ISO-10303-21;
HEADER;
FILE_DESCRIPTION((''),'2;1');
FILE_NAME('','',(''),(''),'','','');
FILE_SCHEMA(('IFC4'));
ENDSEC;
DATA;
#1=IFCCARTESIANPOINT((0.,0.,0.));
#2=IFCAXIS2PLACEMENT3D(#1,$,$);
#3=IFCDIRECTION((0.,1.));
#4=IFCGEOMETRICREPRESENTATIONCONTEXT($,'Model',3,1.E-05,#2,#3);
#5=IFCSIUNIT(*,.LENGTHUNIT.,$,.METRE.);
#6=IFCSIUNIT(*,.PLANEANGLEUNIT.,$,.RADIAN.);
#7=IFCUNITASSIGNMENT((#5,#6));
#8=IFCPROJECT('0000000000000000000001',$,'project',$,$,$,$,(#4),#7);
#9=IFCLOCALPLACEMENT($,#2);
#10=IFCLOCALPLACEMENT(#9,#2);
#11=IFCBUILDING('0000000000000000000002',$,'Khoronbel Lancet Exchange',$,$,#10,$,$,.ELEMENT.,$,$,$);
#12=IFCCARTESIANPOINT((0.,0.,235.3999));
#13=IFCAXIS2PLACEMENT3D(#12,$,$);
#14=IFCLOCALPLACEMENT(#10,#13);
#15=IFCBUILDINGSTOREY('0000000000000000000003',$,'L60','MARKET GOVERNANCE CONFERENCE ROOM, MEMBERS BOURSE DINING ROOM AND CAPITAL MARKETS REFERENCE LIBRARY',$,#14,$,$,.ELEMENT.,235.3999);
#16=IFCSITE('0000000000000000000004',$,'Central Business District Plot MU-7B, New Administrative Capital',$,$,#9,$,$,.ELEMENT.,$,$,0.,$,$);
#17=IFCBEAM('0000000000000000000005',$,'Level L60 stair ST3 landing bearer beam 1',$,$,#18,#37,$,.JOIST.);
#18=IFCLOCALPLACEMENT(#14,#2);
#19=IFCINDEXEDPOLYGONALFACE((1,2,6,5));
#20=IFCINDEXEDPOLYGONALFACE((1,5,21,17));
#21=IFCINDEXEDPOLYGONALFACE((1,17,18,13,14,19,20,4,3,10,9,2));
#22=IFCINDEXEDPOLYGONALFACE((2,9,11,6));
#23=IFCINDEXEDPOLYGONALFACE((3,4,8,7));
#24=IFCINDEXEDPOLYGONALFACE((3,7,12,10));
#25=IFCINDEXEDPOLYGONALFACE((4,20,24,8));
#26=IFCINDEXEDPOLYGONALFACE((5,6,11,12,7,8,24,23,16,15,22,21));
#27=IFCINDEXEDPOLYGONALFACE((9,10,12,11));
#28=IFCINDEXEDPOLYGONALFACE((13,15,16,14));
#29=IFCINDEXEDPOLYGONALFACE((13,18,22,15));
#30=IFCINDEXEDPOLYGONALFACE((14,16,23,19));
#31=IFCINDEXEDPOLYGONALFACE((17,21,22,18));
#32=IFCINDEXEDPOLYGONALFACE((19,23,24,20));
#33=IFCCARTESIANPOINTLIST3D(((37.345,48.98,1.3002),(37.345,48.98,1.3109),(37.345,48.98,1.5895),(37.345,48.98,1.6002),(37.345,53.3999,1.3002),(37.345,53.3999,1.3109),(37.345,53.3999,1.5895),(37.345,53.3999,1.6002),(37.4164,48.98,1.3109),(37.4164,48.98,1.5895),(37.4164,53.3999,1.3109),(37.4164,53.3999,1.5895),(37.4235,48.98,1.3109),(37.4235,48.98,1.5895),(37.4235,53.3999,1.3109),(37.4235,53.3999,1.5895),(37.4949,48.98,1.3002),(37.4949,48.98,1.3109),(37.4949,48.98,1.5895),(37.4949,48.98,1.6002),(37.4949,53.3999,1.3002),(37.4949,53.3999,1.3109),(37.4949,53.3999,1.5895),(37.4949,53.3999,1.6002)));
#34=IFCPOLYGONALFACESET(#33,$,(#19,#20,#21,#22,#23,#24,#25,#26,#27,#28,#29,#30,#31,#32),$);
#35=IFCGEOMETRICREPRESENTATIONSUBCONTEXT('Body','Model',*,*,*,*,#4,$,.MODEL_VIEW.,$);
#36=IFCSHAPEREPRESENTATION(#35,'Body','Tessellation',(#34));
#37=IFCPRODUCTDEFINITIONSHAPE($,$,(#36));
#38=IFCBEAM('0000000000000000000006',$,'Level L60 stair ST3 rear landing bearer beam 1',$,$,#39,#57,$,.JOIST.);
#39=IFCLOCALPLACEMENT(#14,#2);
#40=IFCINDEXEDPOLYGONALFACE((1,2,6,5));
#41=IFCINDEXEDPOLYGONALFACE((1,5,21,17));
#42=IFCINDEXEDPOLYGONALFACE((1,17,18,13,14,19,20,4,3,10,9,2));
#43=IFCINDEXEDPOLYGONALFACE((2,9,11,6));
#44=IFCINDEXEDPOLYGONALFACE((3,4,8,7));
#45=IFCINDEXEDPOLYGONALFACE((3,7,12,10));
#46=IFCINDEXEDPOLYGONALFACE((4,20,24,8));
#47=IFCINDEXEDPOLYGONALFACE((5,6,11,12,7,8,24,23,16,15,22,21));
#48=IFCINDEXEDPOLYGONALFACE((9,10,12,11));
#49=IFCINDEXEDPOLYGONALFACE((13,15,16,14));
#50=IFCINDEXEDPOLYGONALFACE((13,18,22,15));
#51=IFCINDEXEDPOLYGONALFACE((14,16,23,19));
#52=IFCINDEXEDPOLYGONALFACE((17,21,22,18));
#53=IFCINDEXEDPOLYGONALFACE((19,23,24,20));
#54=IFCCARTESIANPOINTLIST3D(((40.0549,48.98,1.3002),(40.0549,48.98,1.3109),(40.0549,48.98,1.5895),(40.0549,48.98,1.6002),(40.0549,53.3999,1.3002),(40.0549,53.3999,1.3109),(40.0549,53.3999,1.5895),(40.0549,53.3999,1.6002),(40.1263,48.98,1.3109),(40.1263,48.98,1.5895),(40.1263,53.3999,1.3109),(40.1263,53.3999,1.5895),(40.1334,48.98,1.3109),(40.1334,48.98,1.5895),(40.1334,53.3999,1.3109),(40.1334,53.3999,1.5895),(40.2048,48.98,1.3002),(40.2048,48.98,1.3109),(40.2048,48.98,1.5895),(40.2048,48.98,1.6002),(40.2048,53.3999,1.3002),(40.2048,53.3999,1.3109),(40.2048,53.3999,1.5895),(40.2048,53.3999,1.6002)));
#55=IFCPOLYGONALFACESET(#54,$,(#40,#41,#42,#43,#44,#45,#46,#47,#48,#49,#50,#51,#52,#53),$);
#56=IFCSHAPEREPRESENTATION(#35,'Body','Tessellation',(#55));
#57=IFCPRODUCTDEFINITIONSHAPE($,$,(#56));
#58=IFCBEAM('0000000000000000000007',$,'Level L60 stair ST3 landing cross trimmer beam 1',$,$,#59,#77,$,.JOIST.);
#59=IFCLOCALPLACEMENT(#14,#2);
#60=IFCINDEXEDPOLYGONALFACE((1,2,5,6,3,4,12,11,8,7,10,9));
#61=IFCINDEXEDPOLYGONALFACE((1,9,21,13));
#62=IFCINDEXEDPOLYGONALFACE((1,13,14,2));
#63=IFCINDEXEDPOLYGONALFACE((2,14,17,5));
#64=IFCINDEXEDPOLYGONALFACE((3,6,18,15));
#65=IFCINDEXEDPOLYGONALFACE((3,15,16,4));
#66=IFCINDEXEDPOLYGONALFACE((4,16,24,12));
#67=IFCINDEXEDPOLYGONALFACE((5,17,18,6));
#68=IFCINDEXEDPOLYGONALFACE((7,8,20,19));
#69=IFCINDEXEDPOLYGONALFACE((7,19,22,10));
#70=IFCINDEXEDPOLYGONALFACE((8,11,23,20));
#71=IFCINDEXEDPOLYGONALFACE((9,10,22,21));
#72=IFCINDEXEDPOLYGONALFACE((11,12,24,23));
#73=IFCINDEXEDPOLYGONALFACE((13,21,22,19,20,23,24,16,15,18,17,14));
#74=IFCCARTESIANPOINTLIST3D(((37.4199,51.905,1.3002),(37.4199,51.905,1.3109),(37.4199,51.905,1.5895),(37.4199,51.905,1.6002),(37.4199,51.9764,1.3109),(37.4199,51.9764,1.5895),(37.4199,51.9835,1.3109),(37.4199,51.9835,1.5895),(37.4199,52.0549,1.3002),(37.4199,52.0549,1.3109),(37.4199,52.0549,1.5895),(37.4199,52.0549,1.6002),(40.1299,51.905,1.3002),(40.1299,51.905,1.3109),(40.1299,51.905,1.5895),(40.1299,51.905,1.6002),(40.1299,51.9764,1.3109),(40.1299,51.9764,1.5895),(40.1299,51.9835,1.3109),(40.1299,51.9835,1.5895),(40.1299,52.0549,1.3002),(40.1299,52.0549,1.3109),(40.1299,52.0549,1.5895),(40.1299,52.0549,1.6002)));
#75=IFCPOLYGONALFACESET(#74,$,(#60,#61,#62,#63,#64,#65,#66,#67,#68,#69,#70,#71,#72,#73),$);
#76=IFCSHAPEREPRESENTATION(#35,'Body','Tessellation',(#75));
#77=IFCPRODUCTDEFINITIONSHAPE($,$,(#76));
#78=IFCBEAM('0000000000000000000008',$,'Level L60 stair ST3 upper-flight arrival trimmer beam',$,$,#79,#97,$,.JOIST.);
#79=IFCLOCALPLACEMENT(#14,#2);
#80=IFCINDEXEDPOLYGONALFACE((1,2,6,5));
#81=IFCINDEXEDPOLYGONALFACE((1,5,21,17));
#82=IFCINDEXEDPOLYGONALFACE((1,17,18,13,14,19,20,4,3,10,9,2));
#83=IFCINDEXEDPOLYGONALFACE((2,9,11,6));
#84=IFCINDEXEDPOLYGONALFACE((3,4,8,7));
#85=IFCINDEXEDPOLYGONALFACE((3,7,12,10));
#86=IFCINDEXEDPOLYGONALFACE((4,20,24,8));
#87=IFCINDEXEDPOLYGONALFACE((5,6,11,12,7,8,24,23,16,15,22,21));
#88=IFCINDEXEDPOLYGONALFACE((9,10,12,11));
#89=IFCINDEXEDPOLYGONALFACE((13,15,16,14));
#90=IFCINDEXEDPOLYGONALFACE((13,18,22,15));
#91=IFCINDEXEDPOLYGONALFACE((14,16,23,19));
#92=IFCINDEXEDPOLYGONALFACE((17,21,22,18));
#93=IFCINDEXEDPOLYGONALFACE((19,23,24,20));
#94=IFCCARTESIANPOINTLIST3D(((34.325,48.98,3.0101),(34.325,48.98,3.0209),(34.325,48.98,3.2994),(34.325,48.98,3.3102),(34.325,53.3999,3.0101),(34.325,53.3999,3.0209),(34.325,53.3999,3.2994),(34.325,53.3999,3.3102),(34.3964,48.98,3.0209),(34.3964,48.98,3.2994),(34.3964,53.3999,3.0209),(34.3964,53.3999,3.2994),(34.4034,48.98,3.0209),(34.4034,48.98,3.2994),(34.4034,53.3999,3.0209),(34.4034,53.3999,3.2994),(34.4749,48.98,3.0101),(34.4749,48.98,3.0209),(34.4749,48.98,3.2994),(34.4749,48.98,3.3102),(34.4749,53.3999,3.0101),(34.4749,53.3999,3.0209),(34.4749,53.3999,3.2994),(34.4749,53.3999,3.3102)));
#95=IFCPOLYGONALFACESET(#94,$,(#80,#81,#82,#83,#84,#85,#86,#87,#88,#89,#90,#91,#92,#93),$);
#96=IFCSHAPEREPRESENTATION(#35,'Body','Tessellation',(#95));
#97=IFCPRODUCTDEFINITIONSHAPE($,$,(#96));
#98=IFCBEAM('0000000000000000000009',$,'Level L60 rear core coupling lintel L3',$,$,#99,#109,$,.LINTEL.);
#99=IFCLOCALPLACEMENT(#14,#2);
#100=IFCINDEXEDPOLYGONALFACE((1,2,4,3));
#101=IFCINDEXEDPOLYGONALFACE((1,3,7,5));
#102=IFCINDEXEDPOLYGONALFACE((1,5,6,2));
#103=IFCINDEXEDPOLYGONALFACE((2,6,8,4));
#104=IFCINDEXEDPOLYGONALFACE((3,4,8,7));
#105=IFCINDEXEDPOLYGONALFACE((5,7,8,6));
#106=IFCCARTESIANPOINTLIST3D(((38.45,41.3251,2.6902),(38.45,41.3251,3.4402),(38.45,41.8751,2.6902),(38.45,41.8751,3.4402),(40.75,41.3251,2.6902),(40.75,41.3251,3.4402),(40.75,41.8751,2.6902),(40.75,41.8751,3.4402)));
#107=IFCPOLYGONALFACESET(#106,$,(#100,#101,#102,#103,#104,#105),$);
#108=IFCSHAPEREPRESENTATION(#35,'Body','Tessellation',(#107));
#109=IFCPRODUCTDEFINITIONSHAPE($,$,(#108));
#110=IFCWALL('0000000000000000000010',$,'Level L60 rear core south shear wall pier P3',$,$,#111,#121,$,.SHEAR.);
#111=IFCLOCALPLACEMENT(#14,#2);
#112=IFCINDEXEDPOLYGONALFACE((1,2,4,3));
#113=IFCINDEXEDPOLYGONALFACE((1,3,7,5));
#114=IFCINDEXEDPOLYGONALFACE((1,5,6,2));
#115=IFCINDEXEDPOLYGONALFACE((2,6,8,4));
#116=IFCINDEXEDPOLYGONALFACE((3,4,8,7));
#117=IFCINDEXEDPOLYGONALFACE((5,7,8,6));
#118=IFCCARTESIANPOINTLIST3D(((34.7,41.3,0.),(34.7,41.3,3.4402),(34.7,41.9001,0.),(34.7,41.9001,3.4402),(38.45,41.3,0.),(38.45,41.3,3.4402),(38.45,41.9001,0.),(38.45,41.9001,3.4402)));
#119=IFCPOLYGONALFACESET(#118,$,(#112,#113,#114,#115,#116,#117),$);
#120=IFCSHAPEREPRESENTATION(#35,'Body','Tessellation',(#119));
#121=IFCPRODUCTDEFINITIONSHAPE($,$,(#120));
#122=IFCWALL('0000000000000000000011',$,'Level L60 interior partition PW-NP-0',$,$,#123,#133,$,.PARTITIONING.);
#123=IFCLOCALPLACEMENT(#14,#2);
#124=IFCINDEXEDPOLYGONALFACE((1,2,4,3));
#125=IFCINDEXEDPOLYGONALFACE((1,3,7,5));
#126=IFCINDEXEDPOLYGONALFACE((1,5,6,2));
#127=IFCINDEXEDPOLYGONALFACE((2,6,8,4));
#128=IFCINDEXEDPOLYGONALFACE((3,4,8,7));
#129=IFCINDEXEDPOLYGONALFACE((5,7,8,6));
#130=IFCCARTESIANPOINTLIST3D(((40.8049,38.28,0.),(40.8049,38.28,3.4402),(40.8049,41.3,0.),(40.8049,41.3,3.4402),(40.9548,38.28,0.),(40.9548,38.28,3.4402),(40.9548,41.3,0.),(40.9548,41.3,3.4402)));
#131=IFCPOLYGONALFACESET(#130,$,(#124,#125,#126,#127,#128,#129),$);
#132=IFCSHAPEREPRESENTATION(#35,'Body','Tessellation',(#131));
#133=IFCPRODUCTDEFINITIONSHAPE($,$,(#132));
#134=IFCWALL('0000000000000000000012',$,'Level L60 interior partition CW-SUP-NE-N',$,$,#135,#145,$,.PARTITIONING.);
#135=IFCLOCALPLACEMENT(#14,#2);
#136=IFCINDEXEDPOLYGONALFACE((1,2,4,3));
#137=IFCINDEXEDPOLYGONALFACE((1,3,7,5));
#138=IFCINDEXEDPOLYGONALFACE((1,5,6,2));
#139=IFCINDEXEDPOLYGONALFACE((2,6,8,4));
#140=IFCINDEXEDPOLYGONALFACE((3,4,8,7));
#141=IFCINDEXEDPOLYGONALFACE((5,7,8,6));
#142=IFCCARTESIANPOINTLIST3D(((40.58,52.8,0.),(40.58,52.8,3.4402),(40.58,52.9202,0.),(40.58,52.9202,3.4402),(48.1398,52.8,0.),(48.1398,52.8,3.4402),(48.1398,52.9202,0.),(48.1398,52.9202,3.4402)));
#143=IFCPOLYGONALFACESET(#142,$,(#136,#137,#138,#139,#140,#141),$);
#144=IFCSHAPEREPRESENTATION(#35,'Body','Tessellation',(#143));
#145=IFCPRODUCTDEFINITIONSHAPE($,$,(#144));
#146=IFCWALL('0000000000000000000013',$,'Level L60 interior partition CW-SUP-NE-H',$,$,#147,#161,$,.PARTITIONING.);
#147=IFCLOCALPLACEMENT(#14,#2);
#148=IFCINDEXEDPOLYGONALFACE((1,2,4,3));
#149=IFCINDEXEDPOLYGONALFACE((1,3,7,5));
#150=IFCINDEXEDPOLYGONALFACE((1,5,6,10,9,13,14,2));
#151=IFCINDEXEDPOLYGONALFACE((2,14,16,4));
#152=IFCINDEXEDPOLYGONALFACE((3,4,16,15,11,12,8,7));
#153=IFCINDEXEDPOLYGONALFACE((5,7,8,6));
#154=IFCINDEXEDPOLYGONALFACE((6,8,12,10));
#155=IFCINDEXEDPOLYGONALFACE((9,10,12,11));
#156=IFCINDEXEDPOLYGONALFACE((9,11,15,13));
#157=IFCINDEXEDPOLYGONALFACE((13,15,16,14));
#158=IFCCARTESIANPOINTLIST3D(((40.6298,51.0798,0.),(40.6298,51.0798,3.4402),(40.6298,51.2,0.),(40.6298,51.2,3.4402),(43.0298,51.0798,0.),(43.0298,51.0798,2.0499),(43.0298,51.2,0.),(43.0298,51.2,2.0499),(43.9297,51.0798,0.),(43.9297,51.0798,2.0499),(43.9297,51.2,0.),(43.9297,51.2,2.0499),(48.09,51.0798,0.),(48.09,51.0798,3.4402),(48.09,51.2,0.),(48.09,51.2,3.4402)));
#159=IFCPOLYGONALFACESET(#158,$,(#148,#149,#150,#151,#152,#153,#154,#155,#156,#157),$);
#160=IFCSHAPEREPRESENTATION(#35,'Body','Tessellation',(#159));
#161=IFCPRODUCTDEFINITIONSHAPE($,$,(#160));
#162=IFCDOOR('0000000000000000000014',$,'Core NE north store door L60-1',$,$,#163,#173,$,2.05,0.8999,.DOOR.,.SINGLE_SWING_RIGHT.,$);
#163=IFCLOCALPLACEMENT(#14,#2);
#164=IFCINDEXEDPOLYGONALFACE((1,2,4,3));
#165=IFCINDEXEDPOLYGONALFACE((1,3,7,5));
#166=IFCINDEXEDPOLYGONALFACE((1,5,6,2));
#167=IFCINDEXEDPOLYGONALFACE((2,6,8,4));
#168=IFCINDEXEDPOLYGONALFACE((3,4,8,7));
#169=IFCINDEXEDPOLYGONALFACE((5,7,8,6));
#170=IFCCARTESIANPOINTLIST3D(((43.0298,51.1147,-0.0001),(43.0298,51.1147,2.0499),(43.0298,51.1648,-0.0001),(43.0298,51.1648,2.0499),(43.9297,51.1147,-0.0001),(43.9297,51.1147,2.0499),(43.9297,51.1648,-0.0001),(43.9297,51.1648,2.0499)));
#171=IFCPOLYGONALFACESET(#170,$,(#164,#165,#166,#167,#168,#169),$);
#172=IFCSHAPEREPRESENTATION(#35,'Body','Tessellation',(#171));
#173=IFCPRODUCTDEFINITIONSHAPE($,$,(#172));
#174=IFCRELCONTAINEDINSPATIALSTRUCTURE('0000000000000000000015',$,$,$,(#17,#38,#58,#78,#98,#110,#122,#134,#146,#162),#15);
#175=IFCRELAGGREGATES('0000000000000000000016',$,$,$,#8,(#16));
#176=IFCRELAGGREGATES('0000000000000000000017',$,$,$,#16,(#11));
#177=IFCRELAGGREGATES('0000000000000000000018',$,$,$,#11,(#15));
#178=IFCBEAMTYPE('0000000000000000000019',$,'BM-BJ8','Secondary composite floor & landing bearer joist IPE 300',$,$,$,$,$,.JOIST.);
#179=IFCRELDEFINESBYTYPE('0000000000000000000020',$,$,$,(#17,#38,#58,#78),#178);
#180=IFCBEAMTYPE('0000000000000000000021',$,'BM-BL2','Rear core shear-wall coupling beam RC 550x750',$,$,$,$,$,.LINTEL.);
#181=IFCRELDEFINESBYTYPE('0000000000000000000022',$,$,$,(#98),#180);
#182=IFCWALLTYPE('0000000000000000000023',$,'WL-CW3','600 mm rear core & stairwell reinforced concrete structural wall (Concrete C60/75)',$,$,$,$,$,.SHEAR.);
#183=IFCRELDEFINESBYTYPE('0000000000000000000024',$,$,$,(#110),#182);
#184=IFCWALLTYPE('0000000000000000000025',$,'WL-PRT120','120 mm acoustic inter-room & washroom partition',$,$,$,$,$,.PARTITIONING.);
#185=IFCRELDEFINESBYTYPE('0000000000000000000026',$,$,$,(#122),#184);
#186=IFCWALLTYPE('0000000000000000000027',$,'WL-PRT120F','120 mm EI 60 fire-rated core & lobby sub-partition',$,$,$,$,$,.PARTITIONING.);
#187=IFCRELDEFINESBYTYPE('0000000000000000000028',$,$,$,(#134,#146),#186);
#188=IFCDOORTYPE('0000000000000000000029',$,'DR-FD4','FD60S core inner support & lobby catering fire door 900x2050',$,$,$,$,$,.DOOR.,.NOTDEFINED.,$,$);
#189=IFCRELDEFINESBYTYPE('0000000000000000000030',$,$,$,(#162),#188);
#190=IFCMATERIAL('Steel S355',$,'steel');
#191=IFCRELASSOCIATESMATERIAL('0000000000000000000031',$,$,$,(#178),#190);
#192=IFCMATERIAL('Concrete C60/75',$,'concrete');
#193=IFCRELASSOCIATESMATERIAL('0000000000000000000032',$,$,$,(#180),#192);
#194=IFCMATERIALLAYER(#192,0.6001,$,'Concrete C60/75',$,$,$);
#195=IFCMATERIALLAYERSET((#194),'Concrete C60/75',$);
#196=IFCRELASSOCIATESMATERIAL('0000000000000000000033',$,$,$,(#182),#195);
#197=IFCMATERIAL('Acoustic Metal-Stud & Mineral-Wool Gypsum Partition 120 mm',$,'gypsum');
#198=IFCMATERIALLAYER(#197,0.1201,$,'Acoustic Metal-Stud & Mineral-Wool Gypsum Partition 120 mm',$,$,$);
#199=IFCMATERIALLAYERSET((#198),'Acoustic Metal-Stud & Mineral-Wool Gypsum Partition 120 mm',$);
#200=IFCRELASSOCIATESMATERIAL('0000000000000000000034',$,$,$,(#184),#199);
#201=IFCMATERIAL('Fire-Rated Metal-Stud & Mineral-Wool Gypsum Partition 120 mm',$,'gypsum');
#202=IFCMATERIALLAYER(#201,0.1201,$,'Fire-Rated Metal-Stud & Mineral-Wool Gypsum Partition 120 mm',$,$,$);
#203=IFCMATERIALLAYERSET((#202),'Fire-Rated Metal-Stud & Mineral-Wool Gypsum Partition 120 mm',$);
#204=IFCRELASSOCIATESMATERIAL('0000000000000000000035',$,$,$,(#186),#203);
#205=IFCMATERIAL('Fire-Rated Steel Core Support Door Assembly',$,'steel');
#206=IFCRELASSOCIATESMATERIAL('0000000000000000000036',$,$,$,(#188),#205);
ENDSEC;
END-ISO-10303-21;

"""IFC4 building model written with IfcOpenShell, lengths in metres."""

from ifc_helpers import new_model, si_unit, direction, frame, frame_2d, origin, origin_2d, place, context, subcontext, project, spatial, rectangle, i_section, extrude, material, layer, layer_set, material_profile, profile_set, type_object, element, fill, save


model = new_model("IFC4")

# Units and contexts
model_context = context("Model", 3, precision=1e-05, world=origin(), true_north=direction((0.0, 1.0)))
body_context = subcontext(model_context, "Body", "Model", "MODEL_VIEW")
ifc_project = project(units=[si_unit("LENGTHUNIT", "METRE"), si_unit("PLANEANGLEUNIT", "RADIAN")], contexts=[model_context])

# Site, building, storey
site_placement = place(None, origin())
site = spatial("IfcSite", under=ifc_project, at=site_placement, Name="Central Business District Plot MU-7B, New Administrative Capital", CompositionType="ELEMENT", RefElevation=0.0)
building_placement = place(site_placement, origin())
building = spatial("IfcBuilding", under=site, at=building_placement, Name="Khoronbel Lancet Exchange", CompositionType="ELEMENT")
storey_placement = place(building_placement, frame((0.0, 0.0, 235.3999)))
storey = spatial("IfcBuildingStorey", under=building, at=storey_placement, Name="L60", Description="MARKET GOVERNANCE CONFERENCE ROOM, MEMBERS BOURSE DINING ROOM AND CAPITAL MARKETS REFERENCE LIBRARY", CompositionType="ELEMENT", Elevation=235.3999)

# Beams
ifc_material_1 = material(Name="Steel S355", Category="steel")
ifc_material_profile_1 = material_profile(ifc_material_1, i_section(OverallWidth=0.1499, OverallDepth=0.3, WebThickness=0.0071, FlangeThickness=0.0107, at=origin_2d()), Name="IPE 300")
ifc_profile_set_1 = profile_set([ifc_material_profile_1], Name="Steel S355")
beam_type_1 = type_object("IfcBeamType", Name="BM-BJ8", Description="Secondary composite floor & landing bearer joist IPE 300", PredefinedType="JOIST", material=ifc_profile_set_1)
for number, where, z_axis, x_axis, name in (
    (1, (37.4199, 48.98, 1.4502), (0.0, 1.0, 0.0), (-1.0, 0.0, 0.0), "Level L60 stair ST3 landing bearer beam 1"),
    (2, (40.1299, 48.98, 1.4502), (0.0, 1.0, 0.0), (-1.0, 0.0, 0.0), "Level L60 stair ST3 rear landing bearer beam 1"),
):
    element("IfcBeam", number, at=place(storey_placement, frame(where, z_axis=z_axis, x_axis=x_axis)), inside=storey, type_object=beam_type_1, Name=name, PredefinedType="JOIST", context=body_context, shape_type="SweptSolid", body=[
        extrude(i_section(OverallWidth=0.1499, OverallDepth=0.3, WebThickness=0.0071, FlangeThickness=0.0107, at=origin_2d()), origin(), (0.0, 0.0, 1.0), 4.4199),
    ])
beam_1_placement = place(storey_placement, frame((37.4199, 51.98, 1.4502), z_axis=(1.0, 0.0, 0.0), x_axis=(0.0, 1.0, 0.0)))
element("IfcBeam", 3, at=beam_1_placement, inside=storey, type_object=beam_type_1, Name="Level L60 stair ST3 landing cross trimmer beam 1", PredefinedType="JOIST", context=body_context, shape_type="SweptSolid", body=[
    extrude(i_section(OverallWidth=0.1499, OverallDepth=0.3, WebThickness=0.0071, FlangeThickness=0.0107, at=origin_2d()), origin(), (0.0, 0.0, 1.0), 2.71),
])
beam_2_placement = place(storey_placement, frame((34.3999, 48.98, 3.1602), z_axis=(0.0, 1.0, 0.0), x_axis=(-1.0, 0.0, 0.0)))
element("IfcBeam", 4, at=beam_2_placement, inside=storey, type_object=beam_type_1, Name="Level L60 stair ST3 upper-flight arrival trimmer beam", PredefinedType="JOIST", context=body_context, shape_type="SweptSolid", body=[
    extrude(i_section(OverallWidth=0.1499, OverallDepth=0.3, WebThickness=0.0071, FlangeThickness=0.0107, at=origin_2d()), origin(), (0.0, 0.0, 1.0), 4.4199),
])
ifc_material_2 = material(Name="Concrete C60/75", Category="concrete")
ifc_material_profile_2 = material_profile(ifc_material_2, rectangle(XDim=0.55, YDim=0.75, at=origin_2d()), Name="RC 550x750")
ifc_profile_set_2 = profile_set([ifc_material_profile_2], Name="Concrete C60/75")
beam_type_2 = type_object("IfcBeamType", Name="BM-BL2", Description="Rear core shear-wall coupling beam RC 550x750", PredefinedType="LINTEL", material=ifc_profile_set_2)
beam_3_placement = place(storey_placement, frame((38.45, 41.6001, 3.0652), z_axis=(1.0, 0.0, 0.0), x_axis=(0.0, 1.0, 0.0)))
element("IfcBeam", 5, at=beam_3_placement, inside=storey, type_object=beam_type_2, Name="Level L60 rear core coupling lintel L3", PredefinedType="LINTEL", context=body_context, shape_type="SweptSolid", body=[
    extrude(rectangle(XDim=0.55, YDim=0.75, at=origin_2d()), origin(), (0.0, 0.0, 1.0), 2.3),
])

# Walls
ifc_layer_1 = layer(ifc_material_2, 0.6001, Name="Concrete C60/75")
ifc_layer_set_1 = layer_set([ifc_layer_1], Name="Concrete C60/75")
wall_type_1 = type_object("IfcWallType", Name="WL-CW3", Description="600 mm rear core & stairwell reinforced concrete structural wall (Concrete C60/75)", PredefinedType="SHEAR", material=ifc_layer_set_1)
wall_1_placement = place(storey_placement, frame((38.45, 41.6001, 0.0), z_axis=(0.0, 0.0, 1.0), x_axis=(-1.0, 0.0, 0.0)))
element("IfcWall", 6, at=wall_1_placement, inside=storey, type_object=wall_type_1, Name="Level L60 rear core south shear wall pier P3", PredefinedType="SHEAR", context=body_context, shape_type="SweptSolid", body=[
    extrude(rectangle(XDim=3.75, YDim=0.6001, at=frame_2d((1.875, 0.0))), origin(), (0.0, 0.0, 1.0), 3.4402),
])
ifc_material_3 = material(Name="Acoustic Metal-Stud & Mineral-Wool Gypsum Partition 120 mm", Category="gypsum")
ifc_layer_2 = layer(ifc_material_3, 0.1201, Name="Acoustic Metal-Stud & Mineral-Wool Gypsum Partition 120 mm")
ifc_layer_set_2 = layer_set([ifc_layer_2], Name="Acoustic Metal-Stud & Mineral-Wool Gypsum Partition 120 mm")
wall_type_2 = type_object("IfcWallType", Name="WL-PRT120", Description="120 mm acoustic inter-room & washroom partition", PredefinedType="PARTITIONING", material=ifc_layer_set_2)
wall_2_placement = place(storey_placement, frame((40.8799, 38.28, 0.0), z_axis=(0.0, 0.0, 1.0), x_axis=(0.0, 1.0, 0.0)))
element("IfcWall", 7, at=wall_2_placement, inside=storey, type_object=wall_type_2, Name="Level L60 interior partition PW-NP-0", PredefinedType="PARTITIONING", context=body_context, shape_type="SweptSolid", body=[
    extrude(rectangle(XDim=3.02, YDim=0.1499, at=frame_2d((1.51, 0.0))), origin(), (0.0, 0.0, 1.0), 3.4402),
])
ifc_material_4 = material(Name="Fire-Rated Metal-Stud & Mineral-Wool Gypsum Partition 120 mm", Category="gypsum")
ifc_layer_3 = layer(ifc_material_4, 0.1201, Name="Fire-Rated Metal-Stud & Mineral-Wool Gypsum Partition 120 mm")
ifc_layer_set_3 = layer_set([ifc_layer_3], Name="Fire-Rated Metal-Stud & Mineral-Wool Gypsum Partition 120 mm")
wall_type_3 = type_object("IfcWallType", Name="WL-PRT120F", Description="120 mm EI 60 fire-rated core & lobby sub-partition", PredefinedType="PARTITIONING", material=ifc_layer_set_3)
wall_3_placement = place(storey_placement, frame((40.5801, 52.8601, 0.0), z_axis=(0.0, 0.0, 1.0), x_axis=(1.0, 0.0, 0.0)))
element("IfcWall", 8, at=wall_3_placement, inside=storey, type_object=wall_type_3, Name="Level L60 interior partition CW-SUP-NE-N", PredefinedType="PARTITIONING", context=body_context, shape_type="SweptSolid", body=[
    extrude(rectangle(XDim=7.5598, YDim=0.1201, at=frame_2d((3.7798, 0.0))), origin(), (0.0, 0.0, 1.0), 3.4402),
])

# Wall, opening, door
wall_4_placement = place(storey_placement, frame((40.6299, 51.1399, 0.0), z_axis=(0.0, 0.0, 1.0), x_axis=(1.0, 0.0, 0.0)))
wall_4 = element("IfcWall", 9, at=wall_4_placement, inside=storey, type_object=wall_type_3, Name="Level L60 interior partition CW-SUP-NE-H", PredefinedType="PARTITIONING", context=body_context, shape_type="SweptSolid", body=[
    extrude(rectangle(XDim=7.4602, YDim=0.1201, at=frame_2d((3.73, 0.0))), origin(), (0.0, 0.0, 1.0), 3.4402),
])
opening_1_placement = place(wall_4_placement, frame((2.3999, 0.0, 0.0)))
opening_1 = element("IfcOpeningElement", 10, at=opening_1_placement, cuts=wall_4, PredefinedType="OPENING", context=body_context, shape_type="SweptSolid", body=[
    extrude(rectangle(XDim=0.8999, YDim=2.05, at=frame_2d((0.45, 1.0249))), frame((0.0, 0.0701, 0.0), z_axis=(0.0, -1.0, 0.0), x_axis=(1.0, 0.0, 0.0)), (0.0, 0.0, 1.0), 0.1401),
])
ifc_material_5 = material(Name="Fire-Rated Steel Core Support Door Assembly", Category="steel")
door_type_1 = type_object("IfcDoorType", Name="DR-FD4", Description="FD60S core inner support & lobby catering fire door 900x2050", OperationType="NOTDEFINED", PredefinedType="DOOR", material=ifc_material_5)
door_1_placement = place(opening_1_placement, origin())
door_1 = element("IfcDoor", 11, at=door_1_placement, inside=storey, type_object=door_type_1, Name="Core NE north store door L60-1", OperationType="SINGLE_SWING_RIGHT", OverallHeight=2.05, OverallWidth=0.8999, PredefinedType="DOOR", context=body_context, shape_type="SweptSolid", body=[
    extrude(rectangle(XDim=0.8999, YDim=2.05, at=frame_2d((0.45, 1.0249))), frame((0.0, 0.0249, 0.0), z_axis=(0.0, -1.0, 0.0), x_axis=(1.0, 0.0, 0.0)), (0.0, 0.0, 1.0), 0.05),
])
fill(opening_1, door_1)

save(model, "model.ifc")
